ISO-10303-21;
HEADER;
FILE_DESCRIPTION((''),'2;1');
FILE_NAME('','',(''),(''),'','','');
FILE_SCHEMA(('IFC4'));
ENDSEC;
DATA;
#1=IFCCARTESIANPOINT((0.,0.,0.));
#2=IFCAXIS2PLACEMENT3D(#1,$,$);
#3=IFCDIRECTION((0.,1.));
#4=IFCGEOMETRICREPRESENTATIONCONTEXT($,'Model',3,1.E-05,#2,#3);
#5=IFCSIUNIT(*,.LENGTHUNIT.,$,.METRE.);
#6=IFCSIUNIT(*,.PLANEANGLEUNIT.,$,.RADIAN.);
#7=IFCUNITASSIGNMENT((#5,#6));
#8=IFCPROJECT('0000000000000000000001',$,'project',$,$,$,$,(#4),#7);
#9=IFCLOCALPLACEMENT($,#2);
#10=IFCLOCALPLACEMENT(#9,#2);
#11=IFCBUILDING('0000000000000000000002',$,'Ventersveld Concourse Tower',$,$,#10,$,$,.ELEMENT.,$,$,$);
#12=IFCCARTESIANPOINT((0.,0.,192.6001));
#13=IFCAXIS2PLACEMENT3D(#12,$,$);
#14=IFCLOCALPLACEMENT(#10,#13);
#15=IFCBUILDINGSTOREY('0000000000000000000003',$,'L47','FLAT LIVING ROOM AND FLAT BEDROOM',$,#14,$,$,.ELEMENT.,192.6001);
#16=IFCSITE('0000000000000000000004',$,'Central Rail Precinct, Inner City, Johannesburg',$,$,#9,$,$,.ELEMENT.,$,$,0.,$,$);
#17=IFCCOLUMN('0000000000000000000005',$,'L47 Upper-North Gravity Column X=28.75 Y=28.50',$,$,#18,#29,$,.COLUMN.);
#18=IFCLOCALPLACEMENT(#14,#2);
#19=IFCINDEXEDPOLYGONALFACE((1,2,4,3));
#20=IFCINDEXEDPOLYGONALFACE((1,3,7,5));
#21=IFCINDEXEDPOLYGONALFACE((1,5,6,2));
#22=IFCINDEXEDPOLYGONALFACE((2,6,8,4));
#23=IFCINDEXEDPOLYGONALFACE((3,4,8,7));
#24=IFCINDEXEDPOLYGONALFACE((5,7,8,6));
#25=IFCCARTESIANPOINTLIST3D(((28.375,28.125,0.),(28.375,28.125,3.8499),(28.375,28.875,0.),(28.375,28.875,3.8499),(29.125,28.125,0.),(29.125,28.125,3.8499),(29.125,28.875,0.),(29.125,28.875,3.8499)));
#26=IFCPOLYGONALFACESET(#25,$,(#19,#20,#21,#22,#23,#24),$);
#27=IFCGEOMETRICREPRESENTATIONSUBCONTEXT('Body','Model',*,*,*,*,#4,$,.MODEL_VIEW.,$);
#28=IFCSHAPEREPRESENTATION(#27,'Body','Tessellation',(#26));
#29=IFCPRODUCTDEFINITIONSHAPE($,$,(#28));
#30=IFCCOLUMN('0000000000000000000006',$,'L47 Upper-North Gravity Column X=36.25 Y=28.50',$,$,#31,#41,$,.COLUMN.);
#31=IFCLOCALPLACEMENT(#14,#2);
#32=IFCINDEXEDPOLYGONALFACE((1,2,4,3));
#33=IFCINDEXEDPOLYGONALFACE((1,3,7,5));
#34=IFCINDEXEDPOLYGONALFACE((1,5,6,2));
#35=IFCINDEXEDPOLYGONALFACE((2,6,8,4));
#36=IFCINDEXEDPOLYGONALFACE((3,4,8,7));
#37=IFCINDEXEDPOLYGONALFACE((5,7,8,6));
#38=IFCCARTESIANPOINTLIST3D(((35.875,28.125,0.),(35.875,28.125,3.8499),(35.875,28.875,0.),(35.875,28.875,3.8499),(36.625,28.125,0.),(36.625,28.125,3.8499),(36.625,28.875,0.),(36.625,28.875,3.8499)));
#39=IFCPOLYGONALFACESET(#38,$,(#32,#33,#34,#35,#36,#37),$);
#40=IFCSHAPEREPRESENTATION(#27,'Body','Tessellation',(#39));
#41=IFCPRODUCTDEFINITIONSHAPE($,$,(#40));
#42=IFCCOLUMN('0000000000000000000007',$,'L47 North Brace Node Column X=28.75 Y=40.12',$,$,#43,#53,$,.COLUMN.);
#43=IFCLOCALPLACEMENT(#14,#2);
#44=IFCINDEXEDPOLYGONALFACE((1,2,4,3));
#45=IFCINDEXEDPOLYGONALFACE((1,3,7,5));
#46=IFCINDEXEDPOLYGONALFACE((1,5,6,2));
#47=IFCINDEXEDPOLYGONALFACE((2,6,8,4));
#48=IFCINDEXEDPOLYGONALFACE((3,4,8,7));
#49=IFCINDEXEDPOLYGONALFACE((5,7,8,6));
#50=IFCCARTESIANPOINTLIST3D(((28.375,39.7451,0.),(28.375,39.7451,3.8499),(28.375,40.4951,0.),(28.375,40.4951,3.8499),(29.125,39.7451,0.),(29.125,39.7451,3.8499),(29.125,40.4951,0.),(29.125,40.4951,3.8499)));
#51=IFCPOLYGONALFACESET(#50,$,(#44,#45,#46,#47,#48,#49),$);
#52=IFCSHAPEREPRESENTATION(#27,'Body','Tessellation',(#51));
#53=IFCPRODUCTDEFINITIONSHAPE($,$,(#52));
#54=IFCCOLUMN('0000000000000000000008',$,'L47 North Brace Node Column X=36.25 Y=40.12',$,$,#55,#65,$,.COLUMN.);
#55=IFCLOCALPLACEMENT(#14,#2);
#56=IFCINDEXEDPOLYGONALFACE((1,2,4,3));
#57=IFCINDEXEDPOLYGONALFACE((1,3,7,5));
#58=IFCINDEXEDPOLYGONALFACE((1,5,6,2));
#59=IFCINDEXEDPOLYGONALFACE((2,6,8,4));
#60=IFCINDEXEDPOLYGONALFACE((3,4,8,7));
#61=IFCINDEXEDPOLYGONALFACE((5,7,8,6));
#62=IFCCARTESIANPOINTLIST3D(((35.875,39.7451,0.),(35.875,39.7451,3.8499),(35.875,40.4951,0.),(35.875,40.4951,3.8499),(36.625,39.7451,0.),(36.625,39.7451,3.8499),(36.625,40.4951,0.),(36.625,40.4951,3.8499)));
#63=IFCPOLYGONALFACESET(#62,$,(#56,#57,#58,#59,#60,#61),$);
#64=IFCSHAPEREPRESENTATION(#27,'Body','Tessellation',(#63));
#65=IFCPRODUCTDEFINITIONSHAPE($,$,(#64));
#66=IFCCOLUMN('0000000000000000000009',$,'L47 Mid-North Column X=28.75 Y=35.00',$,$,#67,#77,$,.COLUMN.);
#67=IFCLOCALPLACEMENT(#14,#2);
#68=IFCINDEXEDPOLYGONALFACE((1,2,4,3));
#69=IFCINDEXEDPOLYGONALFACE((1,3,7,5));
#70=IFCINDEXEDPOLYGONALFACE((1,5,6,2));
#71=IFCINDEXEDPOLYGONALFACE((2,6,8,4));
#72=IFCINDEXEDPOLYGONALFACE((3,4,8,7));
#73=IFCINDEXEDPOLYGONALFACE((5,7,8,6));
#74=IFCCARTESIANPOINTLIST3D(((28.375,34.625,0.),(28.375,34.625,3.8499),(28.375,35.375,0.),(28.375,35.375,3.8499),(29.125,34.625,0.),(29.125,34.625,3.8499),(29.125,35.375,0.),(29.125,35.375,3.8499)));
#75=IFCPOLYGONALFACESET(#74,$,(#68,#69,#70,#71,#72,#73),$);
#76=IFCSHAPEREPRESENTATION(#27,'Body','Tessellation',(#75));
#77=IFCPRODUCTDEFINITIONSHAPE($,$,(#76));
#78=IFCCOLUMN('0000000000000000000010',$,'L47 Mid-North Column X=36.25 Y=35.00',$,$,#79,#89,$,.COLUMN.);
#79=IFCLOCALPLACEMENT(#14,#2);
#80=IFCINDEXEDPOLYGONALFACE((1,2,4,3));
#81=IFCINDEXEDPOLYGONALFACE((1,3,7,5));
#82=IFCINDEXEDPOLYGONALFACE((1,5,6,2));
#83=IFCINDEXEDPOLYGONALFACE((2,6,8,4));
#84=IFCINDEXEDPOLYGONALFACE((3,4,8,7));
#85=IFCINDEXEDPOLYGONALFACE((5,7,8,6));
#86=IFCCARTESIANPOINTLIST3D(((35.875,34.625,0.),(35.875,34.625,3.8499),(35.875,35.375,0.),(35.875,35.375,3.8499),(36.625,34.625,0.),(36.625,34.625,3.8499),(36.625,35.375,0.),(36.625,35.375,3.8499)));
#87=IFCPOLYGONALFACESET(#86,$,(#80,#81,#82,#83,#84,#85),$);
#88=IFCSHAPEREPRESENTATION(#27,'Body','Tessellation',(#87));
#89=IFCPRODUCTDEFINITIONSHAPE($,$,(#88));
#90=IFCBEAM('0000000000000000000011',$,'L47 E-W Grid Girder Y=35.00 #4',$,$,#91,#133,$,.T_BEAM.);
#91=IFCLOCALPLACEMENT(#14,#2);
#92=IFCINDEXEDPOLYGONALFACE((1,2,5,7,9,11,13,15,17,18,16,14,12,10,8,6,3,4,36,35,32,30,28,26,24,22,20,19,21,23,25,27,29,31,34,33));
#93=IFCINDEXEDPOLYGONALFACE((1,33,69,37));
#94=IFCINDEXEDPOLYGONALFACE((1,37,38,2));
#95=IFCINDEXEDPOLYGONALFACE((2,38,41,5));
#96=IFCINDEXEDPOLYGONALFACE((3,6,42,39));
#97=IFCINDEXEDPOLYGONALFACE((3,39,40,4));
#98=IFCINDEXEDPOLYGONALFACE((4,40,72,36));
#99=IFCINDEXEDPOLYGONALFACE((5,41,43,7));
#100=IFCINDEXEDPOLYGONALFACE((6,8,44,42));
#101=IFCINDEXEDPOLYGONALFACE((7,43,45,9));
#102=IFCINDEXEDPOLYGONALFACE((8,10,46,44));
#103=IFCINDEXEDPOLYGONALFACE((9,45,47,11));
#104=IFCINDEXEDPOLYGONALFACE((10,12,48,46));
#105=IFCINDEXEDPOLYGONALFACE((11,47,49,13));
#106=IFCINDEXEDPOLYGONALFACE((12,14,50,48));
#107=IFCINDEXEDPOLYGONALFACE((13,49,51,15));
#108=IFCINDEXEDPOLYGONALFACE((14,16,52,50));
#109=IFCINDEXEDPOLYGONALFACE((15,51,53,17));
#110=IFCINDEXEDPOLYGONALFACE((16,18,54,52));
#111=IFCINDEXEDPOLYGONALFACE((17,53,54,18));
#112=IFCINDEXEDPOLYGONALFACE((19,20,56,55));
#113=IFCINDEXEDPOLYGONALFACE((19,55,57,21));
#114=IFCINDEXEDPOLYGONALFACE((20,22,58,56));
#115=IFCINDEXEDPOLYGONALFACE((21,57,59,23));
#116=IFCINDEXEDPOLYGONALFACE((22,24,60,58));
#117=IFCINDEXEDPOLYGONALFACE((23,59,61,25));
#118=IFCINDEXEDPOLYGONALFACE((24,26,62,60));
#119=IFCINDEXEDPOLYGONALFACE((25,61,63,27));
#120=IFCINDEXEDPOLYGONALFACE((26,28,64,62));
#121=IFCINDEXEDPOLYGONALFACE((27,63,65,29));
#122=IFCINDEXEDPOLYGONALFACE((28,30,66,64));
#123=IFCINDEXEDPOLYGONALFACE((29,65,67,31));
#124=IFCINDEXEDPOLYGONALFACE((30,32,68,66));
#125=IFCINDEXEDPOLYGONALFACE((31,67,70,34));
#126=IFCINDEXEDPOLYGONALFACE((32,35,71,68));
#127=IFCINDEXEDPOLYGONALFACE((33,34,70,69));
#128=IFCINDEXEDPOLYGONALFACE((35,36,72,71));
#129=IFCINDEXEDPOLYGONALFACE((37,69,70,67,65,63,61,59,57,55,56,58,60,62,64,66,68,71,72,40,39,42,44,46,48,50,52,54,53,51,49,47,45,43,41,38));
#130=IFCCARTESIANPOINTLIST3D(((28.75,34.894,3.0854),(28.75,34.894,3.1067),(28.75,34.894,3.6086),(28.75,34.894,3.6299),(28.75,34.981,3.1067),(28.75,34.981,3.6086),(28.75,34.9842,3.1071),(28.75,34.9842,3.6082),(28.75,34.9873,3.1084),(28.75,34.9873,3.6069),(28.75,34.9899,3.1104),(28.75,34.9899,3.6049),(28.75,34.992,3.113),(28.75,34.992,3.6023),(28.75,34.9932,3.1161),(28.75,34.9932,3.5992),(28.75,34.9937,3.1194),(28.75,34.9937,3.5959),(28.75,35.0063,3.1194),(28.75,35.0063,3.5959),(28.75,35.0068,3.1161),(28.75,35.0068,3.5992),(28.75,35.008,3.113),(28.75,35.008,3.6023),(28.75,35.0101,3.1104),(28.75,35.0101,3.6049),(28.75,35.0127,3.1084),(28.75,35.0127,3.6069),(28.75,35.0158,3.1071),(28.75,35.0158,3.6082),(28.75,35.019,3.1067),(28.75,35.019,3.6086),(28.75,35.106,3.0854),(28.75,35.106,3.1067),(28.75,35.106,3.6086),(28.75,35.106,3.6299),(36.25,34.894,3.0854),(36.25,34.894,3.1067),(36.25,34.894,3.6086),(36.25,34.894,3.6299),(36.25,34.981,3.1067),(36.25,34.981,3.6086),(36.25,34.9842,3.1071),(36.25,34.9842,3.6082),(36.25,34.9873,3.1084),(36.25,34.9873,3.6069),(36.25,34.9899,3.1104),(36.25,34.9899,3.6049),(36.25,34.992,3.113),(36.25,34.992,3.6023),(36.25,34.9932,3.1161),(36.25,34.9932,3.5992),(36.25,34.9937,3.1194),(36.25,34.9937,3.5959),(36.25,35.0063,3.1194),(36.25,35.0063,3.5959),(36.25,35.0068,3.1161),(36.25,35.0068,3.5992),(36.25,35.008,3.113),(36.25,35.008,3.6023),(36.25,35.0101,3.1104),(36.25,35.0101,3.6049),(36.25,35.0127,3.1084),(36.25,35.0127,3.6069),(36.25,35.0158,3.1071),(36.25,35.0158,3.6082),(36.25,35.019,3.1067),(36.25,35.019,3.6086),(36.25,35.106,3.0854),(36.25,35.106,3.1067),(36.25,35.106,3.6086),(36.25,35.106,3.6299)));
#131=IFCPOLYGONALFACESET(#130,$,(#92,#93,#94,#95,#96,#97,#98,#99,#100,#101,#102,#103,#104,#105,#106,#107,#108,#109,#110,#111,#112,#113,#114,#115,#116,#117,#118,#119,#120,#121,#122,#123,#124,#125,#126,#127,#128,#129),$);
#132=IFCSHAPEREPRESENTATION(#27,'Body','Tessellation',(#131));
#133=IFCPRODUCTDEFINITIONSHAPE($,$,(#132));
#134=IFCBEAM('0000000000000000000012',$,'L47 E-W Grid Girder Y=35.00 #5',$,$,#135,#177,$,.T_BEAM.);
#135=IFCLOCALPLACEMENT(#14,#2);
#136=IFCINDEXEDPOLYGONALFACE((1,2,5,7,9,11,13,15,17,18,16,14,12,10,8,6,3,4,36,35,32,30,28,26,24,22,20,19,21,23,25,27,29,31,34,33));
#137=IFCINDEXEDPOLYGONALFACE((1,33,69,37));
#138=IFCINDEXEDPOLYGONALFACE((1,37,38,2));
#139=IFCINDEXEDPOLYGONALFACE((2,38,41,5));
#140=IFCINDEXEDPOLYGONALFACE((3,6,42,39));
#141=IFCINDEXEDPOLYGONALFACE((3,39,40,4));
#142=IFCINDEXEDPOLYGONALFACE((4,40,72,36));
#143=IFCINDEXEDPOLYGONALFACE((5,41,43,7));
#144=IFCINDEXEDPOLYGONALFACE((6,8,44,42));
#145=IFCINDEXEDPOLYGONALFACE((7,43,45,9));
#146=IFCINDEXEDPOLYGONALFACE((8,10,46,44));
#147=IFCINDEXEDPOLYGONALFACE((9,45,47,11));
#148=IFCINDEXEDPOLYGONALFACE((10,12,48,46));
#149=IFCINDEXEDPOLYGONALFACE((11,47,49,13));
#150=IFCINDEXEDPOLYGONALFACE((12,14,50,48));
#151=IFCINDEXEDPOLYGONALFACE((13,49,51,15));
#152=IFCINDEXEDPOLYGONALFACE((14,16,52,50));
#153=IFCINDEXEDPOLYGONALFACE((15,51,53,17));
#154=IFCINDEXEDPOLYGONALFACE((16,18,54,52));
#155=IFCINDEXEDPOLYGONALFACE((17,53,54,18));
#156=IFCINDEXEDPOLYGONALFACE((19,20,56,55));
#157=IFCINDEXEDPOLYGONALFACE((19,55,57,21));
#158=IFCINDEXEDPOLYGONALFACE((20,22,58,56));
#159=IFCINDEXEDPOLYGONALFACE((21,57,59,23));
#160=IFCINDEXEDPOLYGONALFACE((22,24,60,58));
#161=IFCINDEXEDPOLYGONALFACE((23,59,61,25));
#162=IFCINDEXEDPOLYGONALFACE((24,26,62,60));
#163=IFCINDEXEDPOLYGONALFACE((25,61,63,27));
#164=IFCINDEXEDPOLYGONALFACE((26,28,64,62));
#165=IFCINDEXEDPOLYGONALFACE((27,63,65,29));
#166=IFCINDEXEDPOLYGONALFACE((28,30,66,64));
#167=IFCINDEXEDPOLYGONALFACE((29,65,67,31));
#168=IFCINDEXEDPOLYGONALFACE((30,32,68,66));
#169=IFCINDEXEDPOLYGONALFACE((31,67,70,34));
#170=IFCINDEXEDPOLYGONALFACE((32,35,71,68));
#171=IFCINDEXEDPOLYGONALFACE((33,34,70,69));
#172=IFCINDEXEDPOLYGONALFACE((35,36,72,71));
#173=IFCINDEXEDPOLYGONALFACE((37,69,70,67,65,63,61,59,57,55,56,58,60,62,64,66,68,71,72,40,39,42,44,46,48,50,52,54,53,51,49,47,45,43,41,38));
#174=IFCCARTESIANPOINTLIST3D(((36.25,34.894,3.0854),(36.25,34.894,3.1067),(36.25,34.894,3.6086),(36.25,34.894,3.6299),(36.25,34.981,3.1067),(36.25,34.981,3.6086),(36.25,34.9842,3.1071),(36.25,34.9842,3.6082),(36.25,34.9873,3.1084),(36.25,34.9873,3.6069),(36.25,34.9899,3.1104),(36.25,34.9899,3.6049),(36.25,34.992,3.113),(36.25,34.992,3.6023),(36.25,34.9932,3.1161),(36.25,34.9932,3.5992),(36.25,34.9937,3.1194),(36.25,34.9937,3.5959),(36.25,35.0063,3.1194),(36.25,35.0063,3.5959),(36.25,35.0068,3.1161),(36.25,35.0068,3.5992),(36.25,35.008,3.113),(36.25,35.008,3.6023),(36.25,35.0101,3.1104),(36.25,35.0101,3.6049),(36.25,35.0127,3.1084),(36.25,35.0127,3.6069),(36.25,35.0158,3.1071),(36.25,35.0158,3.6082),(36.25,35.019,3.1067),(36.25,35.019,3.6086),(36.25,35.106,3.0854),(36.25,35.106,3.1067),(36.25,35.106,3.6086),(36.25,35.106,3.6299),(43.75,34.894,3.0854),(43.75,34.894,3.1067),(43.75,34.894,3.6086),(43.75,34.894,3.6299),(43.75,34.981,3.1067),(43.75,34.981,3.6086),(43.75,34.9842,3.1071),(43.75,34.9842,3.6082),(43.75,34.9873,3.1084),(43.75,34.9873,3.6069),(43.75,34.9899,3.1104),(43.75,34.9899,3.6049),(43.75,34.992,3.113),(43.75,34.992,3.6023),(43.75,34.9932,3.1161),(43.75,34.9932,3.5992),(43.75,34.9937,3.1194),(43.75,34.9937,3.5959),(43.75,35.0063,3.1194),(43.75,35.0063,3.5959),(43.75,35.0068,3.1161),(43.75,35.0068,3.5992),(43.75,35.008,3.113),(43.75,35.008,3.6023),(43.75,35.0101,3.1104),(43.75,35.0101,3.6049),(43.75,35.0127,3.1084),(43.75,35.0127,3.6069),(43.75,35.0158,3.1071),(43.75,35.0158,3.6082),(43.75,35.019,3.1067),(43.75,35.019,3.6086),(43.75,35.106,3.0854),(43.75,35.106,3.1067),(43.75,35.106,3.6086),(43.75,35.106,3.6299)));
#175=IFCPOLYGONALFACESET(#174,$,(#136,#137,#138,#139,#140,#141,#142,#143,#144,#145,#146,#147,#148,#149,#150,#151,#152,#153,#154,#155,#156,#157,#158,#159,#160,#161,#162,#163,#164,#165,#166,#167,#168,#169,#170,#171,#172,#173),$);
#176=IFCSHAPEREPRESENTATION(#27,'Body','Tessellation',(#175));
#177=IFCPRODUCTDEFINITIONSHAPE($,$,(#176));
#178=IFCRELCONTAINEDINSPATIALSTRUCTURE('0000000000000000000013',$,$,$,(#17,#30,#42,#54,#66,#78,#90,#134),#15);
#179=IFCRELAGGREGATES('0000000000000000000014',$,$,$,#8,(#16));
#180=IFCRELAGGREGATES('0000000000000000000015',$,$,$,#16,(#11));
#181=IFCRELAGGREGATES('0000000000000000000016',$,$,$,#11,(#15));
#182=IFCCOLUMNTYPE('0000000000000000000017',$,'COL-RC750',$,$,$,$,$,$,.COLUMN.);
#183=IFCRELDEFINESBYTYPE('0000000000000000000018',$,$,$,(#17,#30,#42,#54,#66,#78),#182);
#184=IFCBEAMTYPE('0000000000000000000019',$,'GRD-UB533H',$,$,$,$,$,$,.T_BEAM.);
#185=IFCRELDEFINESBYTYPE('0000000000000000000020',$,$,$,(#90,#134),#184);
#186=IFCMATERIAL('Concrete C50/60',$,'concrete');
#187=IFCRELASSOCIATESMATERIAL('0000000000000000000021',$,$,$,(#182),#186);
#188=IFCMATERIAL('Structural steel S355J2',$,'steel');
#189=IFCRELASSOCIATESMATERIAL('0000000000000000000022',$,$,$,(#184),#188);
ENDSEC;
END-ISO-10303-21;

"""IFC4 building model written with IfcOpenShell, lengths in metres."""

from ifc_helpers import new_model, si_unit, direction, frame, origin, origin_2d, place, context, subcontext, project, spatial, rectangle, i_section, extrude, material, material_profile, profile_set, type_object, element, save


model = new_model("IFC4")

# Units and contexts
model_context = context("Model", 3, precision=1e-05, world=origin(), true_north=direction((0.0, 1.0)))
body_context = subcontext(model_context, "Body", "Model", "MODEL_VIEW")
ifc_project = project(units=[si_unit("LENGTHUNIT", "METRE"), si_unit("PLANEANGLEUNIT", "RADIAN")], contexts=[model_context])

# Site, building, storey
site_placement = place(None, origin())
site = spatial("IfcSite", under=ifc_project, at=site_placement, Name="Central Rail Precinct, Inner City, Johannesburg", CompositionType="ELEMENT", RefElevation=0.0)
building_placement = place(site_placement, origin())
building = spatial("IfcBuilding", under=site, at=building_placement, Name="Ventersveld Concourse Tower", CompositionType="ELEMENT")
storey_placement = place(building_placement, frame((0.0, 0.0, 192.6001)))
storey = spatial("IfcBuildingStorey", under=building, at=storey_placement, Name="L47", Description="FLAT LIVING ROOM AND FLAT BEDROOM", CompositionType="ELEMENT", Elevation=192.6001)

# Columns
ifc_material_1 = material(Name="Concrete C50/60", Category="concrete")
ifc_material_profile_1 = material_profile(ifc_material_1, rectangle(XDim=0.75, YDim=0.75, at=origin_2d()), Name="RC 750x750")
ifc_profile_set_1 = profile_set([ifc_material_profile_1], Name="Concrete C50/60")
column_type = type_object("IfcColumnType", Name="COL-RC750", PredefinedType="COLUMN", material=ifc_profile_set_1)
for number, where, z_axis, x_axis, name in (
    (1, (28.75, 28.5, 0.0), (0.0, 0.0, 1.0), (1.0, 0.0, 0.0), "L47 Upper-North Gravity Column X=28.75 Y=28.50"),
    (2, (36.25, 28.5, 0.0), (0.0, 0.0, 1.0), (1.0, 0.0, 0.0), "L47 Upper-North Gravity Column X=36.25 Y=28.50"),
    (3, (28.75, 40.1201, 0.0), (0.0, 0.0, 1.0), (1.0, 0.0, 0.0), "L47 North Brace Node Column X=28.75 Y=40.12"),
    (4, (36.25, 40.1201, 0.0), (0.0, 0.0, 1.0), (1.0, 0.0, 0.0), "L47 North Brace Node Column X=36.25 Y=40.12"),
    (5, (28.75, 35.0, 0.0), (0.0, 0.0, 1.0), (1.0, 0.0, 0.0), "L47 Mid-North Column X=28.75 Y=35.00"),
    (6, (36.25, 35.0, 0.0), (0.0, 0.0, 1.0), (1.0, 0.0, 0.0), "L47 Mid-North Column X=36.25 Y=35.00"),
):
    element("IfcColumn", number, at=place(storey_placement, frame(where, z_axis=z_axis, x_axis=x_axis)), inside=storey, type_object=column_type, Name=name, PredefinedType="COLUMN", context=body_context, shape_type="SweptSolid", body=[
        extrude(rectangle(XDim=0.75, YDim=0.75, at=origin_2d()), origin(), (0.0, 0.0, 1.0), 3.8499),
    ])

# Beams
ifc_material_2 = material(Name="Structural steel S355J2", Category="steel")
ifc_material_profile_2 = material_profile(ifc_material_2, i_section(OverallWidth=0.2119, OverallDepth=0.5444, WebThickness=0.0127, FlangeThickness=0.0212, FilletRadius=0.0127, at=origin_2d()), Name="UB 533x210x122")
ifc_profile_set_2 = profile_set([ifc_material_profile_2], Name="Structural steel S355J2")
beam_type_1 = type_object("IfcBeamType", Name="GRD-UB533H", PredefinedType="T_BEAM", material=ifc_profile_set_2)
for number, where, z_axis, x_axis, name in (
    (7, (28.75, 35.0, 3.3577), (1.0, 0.0, 0.0), (0.0, 1.0, 0.0), "L47 E-W Grid Girder Y=35.00 #4"),
    (8, (36.25, 35.0, 3.3577), (1.0, 0.0, 0.0), (0.0, 1.0, 0.0), "L47 E-W Grid Girder Y=35.00 #5"),
):
    element("IfcBeam", number, at=place(storey_placement, frame(where, z_axis=z_axis, x_axis=x_axis)), inside=storey, type_object=beam_type_1, Name=name, PredefinedType="T_BEAM", context=body_context, shape_type="SweptSolid", body=[
        extrude(i_section(OverallWidth=0.2119, OverallDepth=0.5444, WebThickness=0.0127, FlangeThickness=0.0212, FilletRadius=0.0127, at=origin_2d()), origin(), (0.0, 0.0, 1.0), 7.5),
    ])

save(model, "model.ifc")
